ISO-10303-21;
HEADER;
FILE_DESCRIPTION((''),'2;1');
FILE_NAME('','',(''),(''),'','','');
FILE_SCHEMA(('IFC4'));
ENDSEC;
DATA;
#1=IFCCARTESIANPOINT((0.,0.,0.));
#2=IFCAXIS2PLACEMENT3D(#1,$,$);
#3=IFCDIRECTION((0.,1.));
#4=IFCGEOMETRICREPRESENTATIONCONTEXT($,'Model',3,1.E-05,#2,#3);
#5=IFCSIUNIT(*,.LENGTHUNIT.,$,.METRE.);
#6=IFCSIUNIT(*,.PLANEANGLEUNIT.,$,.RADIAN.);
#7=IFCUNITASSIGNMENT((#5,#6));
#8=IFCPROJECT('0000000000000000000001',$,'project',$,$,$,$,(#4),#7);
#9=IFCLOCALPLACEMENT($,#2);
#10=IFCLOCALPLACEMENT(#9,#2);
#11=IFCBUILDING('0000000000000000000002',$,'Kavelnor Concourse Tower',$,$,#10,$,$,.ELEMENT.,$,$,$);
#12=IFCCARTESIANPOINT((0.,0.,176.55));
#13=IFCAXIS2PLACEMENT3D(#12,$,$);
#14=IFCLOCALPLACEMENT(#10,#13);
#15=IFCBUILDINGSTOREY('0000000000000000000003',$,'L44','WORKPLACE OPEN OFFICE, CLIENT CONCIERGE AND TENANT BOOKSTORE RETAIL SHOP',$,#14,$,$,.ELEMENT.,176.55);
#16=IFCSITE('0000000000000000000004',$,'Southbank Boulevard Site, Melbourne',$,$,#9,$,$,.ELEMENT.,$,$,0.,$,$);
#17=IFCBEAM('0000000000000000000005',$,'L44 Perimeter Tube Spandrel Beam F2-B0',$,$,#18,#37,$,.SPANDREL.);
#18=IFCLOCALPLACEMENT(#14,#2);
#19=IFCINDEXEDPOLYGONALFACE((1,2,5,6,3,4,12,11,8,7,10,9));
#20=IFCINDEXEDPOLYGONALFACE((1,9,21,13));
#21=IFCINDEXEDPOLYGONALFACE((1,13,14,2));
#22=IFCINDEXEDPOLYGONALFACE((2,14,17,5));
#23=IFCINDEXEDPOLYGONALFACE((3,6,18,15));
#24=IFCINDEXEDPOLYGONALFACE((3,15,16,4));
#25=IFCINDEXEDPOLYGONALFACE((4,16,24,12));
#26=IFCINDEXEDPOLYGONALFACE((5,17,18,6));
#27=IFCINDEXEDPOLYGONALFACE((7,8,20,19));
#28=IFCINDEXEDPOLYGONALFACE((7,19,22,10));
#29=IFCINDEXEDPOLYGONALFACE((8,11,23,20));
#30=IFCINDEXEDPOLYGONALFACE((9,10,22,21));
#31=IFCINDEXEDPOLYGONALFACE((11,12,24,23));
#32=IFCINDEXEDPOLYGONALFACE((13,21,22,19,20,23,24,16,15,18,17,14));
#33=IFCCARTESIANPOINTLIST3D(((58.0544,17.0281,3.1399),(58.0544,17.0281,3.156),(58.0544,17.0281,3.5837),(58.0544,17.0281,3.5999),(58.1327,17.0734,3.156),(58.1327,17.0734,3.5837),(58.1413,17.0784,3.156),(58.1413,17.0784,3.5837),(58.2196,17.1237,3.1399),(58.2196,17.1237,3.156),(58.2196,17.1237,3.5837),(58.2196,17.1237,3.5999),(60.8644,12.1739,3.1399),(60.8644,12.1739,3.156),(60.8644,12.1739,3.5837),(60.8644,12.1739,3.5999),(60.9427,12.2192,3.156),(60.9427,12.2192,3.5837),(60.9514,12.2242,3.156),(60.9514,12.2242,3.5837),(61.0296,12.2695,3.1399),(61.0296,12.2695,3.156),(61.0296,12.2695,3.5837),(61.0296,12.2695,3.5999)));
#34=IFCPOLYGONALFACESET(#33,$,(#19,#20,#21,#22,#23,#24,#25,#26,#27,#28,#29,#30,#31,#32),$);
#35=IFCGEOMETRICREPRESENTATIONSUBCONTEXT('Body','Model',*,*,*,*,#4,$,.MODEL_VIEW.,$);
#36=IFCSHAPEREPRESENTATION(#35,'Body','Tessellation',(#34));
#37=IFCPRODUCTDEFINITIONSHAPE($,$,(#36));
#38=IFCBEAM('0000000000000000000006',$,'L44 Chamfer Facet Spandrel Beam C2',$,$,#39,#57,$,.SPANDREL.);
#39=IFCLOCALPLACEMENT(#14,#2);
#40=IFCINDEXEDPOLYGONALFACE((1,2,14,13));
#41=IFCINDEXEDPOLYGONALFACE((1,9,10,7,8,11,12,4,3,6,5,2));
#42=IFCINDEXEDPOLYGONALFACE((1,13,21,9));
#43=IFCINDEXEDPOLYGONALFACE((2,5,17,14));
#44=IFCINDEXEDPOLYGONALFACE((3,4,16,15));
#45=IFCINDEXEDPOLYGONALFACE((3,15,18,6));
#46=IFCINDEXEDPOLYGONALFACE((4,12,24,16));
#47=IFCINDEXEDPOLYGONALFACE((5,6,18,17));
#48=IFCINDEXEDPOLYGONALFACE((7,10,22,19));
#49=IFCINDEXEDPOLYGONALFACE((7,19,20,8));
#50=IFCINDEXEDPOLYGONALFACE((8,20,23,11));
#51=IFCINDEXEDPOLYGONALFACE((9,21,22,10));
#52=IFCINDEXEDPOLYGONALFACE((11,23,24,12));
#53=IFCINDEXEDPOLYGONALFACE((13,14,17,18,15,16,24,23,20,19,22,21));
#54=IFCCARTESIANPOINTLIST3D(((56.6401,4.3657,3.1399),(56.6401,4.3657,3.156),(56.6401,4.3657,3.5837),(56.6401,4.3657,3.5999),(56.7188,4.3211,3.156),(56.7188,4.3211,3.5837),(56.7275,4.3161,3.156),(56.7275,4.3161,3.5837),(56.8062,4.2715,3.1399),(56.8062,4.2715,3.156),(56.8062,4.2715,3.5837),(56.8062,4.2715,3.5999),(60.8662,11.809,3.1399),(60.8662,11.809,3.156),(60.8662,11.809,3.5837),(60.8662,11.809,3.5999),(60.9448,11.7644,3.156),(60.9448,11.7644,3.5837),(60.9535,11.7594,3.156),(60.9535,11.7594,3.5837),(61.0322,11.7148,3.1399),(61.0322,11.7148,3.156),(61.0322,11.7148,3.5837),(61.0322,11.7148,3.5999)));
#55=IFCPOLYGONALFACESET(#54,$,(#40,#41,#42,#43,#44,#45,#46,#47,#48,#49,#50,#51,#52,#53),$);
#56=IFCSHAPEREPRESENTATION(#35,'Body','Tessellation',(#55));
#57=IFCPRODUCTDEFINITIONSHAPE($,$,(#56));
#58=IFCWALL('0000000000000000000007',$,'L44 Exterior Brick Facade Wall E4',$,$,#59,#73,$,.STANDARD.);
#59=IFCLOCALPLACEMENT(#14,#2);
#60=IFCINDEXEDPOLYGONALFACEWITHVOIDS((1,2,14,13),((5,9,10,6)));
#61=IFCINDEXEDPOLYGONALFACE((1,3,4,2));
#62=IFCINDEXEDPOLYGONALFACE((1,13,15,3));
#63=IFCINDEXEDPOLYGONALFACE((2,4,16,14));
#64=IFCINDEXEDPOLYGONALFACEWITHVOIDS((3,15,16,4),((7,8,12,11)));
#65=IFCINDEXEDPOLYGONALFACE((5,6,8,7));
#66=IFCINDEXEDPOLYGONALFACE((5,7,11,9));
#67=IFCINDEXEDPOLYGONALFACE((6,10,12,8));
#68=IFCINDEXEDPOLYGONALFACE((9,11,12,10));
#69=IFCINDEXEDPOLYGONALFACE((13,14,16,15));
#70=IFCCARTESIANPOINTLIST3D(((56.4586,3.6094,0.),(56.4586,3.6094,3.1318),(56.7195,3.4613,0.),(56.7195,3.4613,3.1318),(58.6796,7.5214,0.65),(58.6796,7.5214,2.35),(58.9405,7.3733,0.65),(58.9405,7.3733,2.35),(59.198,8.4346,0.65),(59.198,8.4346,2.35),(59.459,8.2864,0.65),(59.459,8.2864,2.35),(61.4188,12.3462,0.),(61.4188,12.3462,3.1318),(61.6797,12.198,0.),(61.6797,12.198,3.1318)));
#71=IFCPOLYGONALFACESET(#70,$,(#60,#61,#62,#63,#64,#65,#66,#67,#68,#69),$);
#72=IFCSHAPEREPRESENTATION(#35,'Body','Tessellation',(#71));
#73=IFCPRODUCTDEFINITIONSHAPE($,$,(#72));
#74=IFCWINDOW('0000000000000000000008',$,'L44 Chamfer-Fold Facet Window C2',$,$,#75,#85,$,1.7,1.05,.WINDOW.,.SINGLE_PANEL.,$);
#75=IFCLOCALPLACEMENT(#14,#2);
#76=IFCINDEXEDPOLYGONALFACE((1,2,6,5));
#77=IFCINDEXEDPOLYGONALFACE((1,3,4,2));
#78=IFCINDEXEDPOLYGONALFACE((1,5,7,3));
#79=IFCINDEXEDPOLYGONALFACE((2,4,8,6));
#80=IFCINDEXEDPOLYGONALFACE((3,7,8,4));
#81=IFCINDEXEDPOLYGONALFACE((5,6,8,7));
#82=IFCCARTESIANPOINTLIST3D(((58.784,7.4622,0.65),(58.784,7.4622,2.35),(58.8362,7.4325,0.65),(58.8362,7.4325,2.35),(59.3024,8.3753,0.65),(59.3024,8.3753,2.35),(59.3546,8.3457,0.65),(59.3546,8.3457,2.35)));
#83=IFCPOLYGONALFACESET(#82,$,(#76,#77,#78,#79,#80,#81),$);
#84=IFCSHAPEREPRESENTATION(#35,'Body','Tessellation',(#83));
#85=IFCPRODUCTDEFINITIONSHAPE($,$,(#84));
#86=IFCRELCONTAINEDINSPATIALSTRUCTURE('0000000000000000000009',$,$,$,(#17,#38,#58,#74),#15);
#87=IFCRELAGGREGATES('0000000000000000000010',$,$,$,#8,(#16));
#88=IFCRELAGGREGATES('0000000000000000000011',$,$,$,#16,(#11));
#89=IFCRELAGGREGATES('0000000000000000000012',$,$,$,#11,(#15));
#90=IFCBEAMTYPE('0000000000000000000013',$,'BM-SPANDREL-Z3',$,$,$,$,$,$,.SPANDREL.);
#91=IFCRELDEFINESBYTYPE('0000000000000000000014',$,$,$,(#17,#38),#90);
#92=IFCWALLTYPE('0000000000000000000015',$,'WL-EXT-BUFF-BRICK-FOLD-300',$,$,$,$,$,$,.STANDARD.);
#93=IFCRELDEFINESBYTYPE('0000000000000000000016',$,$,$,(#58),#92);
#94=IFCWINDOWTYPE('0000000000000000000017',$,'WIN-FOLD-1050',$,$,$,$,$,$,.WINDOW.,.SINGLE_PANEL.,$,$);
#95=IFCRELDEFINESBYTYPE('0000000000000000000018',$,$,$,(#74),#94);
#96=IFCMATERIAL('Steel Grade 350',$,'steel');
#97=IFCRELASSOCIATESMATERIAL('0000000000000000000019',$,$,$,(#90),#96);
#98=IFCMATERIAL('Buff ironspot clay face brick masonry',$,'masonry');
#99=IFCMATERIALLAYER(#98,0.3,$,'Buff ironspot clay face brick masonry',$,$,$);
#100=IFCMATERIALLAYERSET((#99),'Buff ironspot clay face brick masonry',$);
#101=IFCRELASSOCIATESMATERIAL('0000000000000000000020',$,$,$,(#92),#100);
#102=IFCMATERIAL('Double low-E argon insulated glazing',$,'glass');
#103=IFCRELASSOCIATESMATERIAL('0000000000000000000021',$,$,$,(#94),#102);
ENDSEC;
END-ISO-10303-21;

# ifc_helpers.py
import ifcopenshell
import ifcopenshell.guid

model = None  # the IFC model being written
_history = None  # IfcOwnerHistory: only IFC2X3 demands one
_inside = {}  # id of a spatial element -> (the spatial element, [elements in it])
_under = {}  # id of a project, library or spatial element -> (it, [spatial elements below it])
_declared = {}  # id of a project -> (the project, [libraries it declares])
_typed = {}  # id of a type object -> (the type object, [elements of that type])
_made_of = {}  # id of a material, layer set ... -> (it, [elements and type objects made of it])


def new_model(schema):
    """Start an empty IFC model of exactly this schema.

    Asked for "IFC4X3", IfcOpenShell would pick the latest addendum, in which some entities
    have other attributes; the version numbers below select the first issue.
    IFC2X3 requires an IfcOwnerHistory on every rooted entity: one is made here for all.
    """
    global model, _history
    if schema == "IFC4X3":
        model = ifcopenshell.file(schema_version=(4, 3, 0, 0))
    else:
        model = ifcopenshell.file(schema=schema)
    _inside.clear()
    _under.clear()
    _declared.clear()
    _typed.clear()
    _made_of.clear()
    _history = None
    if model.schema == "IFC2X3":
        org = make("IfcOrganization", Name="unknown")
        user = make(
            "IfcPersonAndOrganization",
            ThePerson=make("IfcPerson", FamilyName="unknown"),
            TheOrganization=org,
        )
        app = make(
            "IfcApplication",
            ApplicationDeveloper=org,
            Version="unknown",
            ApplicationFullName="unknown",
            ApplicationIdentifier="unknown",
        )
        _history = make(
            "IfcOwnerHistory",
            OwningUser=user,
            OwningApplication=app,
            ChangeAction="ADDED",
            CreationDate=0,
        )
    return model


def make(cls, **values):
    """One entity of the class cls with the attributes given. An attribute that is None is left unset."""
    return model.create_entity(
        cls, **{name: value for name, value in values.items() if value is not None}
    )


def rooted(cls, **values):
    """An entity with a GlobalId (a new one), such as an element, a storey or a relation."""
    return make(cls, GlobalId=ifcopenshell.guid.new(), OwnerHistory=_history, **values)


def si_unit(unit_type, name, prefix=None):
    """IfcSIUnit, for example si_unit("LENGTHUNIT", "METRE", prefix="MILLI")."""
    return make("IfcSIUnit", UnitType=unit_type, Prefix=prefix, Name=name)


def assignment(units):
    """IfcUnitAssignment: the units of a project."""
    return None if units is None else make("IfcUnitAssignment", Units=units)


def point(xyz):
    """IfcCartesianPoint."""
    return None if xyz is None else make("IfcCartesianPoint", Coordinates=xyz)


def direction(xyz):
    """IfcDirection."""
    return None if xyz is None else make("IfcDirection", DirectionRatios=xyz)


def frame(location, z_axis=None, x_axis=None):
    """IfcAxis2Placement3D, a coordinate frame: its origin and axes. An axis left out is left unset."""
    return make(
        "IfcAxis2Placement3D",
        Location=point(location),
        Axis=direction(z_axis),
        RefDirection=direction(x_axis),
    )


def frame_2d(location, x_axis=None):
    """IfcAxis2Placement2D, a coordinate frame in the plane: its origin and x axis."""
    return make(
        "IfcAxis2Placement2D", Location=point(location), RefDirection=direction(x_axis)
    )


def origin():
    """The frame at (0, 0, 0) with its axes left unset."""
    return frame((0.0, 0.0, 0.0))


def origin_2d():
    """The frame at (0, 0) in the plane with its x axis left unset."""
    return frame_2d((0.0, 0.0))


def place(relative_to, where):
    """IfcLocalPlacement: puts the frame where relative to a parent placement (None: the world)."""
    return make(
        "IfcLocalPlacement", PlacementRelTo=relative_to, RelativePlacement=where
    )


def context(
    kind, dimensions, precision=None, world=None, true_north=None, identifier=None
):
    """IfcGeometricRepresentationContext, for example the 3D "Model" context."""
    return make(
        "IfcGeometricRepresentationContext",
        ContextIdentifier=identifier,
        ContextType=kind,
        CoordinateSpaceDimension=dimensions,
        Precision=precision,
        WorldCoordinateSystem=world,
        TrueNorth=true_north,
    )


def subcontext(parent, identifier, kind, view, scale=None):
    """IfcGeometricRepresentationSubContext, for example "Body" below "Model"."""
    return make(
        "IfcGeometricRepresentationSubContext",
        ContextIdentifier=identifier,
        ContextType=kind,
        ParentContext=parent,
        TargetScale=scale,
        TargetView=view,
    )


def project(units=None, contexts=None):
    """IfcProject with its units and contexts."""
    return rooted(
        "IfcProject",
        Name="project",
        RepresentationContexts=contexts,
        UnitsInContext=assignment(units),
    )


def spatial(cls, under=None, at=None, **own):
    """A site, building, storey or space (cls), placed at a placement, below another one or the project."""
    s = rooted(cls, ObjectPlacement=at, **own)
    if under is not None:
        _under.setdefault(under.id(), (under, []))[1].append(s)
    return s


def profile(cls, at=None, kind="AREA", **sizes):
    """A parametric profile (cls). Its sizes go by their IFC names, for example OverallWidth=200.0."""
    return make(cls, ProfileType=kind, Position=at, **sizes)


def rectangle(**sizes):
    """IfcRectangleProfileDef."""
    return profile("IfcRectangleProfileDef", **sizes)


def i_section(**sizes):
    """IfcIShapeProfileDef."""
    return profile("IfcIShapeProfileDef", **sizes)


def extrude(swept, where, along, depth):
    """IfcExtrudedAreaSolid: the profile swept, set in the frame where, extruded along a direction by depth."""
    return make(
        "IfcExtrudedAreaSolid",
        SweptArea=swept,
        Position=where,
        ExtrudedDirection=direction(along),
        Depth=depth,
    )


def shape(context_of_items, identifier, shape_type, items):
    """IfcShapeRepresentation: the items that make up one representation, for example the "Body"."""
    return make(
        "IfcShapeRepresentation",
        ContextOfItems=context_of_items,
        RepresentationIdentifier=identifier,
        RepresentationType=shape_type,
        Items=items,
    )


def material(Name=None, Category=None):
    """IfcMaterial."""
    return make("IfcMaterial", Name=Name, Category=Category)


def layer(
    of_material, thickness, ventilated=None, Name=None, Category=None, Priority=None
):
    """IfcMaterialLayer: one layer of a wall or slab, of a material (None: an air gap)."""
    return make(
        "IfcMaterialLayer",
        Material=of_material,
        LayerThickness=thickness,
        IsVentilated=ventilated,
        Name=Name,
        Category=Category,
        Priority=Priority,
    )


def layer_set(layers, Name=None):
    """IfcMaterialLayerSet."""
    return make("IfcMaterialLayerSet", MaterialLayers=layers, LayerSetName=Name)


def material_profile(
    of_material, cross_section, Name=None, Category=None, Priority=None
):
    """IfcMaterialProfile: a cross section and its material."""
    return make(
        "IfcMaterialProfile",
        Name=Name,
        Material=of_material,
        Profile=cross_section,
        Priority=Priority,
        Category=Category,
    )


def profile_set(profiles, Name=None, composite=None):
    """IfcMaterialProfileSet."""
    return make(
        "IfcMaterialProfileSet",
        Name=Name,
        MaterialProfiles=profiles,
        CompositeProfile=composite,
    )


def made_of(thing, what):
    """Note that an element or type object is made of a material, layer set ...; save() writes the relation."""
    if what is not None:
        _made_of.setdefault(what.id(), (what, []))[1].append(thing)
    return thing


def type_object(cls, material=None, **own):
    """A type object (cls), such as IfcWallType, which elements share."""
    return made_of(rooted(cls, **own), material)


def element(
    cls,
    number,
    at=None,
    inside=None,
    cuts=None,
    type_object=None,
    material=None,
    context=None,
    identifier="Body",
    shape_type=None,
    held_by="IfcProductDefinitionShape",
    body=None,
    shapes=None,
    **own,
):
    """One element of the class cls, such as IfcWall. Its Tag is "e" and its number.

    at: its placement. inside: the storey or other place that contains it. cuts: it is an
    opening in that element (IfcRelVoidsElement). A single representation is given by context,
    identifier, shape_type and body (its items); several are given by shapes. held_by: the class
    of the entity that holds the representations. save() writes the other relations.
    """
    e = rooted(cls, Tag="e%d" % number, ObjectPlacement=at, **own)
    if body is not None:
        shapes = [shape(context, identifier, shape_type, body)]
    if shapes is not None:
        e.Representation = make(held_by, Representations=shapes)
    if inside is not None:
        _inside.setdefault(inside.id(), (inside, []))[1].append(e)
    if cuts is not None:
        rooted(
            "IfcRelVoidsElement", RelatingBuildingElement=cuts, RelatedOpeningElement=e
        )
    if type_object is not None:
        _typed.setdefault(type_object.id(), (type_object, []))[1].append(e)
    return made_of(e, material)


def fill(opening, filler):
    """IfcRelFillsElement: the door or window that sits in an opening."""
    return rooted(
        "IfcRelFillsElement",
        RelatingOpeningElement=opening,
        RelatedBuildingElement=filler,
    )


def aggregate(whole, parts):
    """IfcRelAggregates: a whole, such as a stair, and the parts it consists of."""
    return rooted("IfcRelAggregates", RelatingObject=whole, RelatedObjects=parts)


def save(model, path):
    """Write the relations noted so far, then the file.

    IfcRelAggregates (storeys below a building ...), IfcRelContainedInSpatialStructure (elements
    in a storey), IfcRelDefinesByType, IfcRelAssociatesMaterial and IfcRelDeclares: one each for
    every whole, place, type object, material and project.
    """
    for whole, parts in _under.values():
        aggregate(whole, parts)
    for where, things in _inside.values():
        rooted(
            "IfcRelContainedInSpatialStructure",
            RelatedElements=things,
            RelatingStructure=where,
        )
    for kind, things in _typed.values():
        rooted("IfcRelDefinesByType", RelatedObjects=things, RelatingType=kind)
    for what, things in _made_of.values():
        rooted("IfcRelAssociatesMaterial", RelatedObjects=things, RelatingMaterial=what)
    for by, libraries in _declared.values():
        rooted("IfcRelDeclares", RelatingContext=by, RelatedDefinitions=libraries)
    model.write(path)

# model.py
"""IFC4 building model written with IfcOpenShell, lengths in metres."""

from ifc_helpers import new_model, si_unit, direction, frame, frame_2d, origin, origin_2d, place, context, subcontext, project, spatial, rectangle, i_section, extrude, material, layer, layer_set, material_profile, profile_set, type_object, element, fill, save


model = new_model("IFC4")

# Units and contexts
model_context = context("Model", 3, precision=1e-05, world=origin(), true_north=direction((0.0, 1.0)))
body_context = subcontext(model_context, "Body", "Model", "MODEL_VIEW")
ifc_project = project(units=[si_unit("LENGTHUNIT", "METRE"), si_unit("PLANEANGLEUNIT", "RADIAN")], contexts=[model_context])

# Site, building, storey
site_placement = place(None, origin())
site = spatial("IfcSite", under=ifc_project, at=site_placement, Name="Southbank Boulevard Site, Melbourne", CompositionType="ELEMENT", RefElevation=0.0)
building_placement = place(site_placement, origin())
building = spatial("IfcBuilding", under=site, at=building_placement, Name="Kavelnor Concourse Tower", CompositionType="ELEMENT")
storey_placement = place(building_placement, frame((0.0, 0.0, 176.55)))
storey = spatial("IfcBuildingStorey", under=building, at=storey_placement, Name="L44", Description="WORKPLACE OPEN OFFICE, CLIENT CONCIERGE AND TENANT BOOKSTORE RETAIL SHOP", CompositionType="ELEMENT", Elevation=176.55)

# Shared definitions
ifc_material_1 = material(Name="Steel Grade 350", Category="steel")

# Beams
ifc_material_profile_1 = material_profile(ifc_material_1, i_section(OverallWidth=0.1909, OverallDepth=0.46, WebThickness=0.01, FlangeThickness=0.0161, at=origin_2d()), Name="460UB82")
ifc_profile_set_1 = profile_set([ifc_material_profile_1], Name="Steel Grade 350")
beam_type_1 = type_object("IfcBeamType", Name="BM-SPANDREL-Z3", PredefinedType="SPANDREL", material=ifc_profile_set_1)
beam_1_placement = place(storey_placement, frame((60.947, 12.2217, 3.3699), z_axis=(-0.500997, 0.865449, 0.0), x_axis=(-0.865449, -0.500997, 0.0)))
element("IfcBeam", 1, at=beam_1_placement, inside=storey, type_object=beam_type_1, Name="L44 Perimeter Tube Spandrel Beam F2-B0", PredefinedType="SPANDREL", context=body_context, shape_type="SweptSolid", body=[
    extrude(i_section(OverallWidth=0.1909, OverallDepth=0.46, WebThickness=0.01, FlangeThickness=0.0161, at=origin_2d()), origin(), (0.0, 0.0, 1.0), 5.6089),
])
beam_2_placement = place(storey_placement, frame((56.7231, 4.3186, 3.3699), z_axis=(0.493735, 0.869612, 0.0), x_axis=(-0.869612, 0.493735, 0.0)))
element("IfcBeam", 2, at=beam_2_placement, inside=storey, type_object=beam_type_1, Name="L44 Chamfer Facet Spandrel Beam C2", PredefinedType="SPANDREL", context=body_context, shape_type="SweptSolid", body=[
    extrude(i_section(OverallWidth=0.1909, OverallDepth=0.46, WebThickness=0.01, FlangeThickness=0.0161, at=origin_2d()), origin(), (0.0, 0.0, 1.0), 8.5593),
])

# Wall, opening, window
ifc_material_2 = material(Name="Buff ironspot clay face brick masonry", Category="masonry")
ifc_layer_1 = layer(ifc_material_2, 0.3, Name="Buff ironspot clay face brick masonry")
ifc_layer_set_1 = layer_set([ifc_layer_1], Name="Buff ironspot clay face brick masonry")
wall_type_1 = type_object("IfcWallType", Name="WL-EXT-BUFF-BRICK-FOLD-300", PredefinedType="STANDARD", material=ifc_layer_set_1)
wall_1_placement = place(storey_placement, frame((61.5493, 12.2722, 0.0), z_axis=(0.0, 0.0, 1.0), x_axis=(-0.493716, -0.869623, 0.0)))
wall_1 = element("IfcWall", 3, at=wall_1_placement, inside=storey, type_object=wall_type_1, Name="L44 Exterior Brick Facade Wall E4", PredefinedType="STANDARD", context=body_context, shape_type="SweptSolid", body=[
    extrude(rectangle(XDim=10.0466, YDim=0.3, at=frame_2d((5.0234, 0.0))), origin(), (0.0, 0.0, 1.0), 3.1318),
])
opening_1_placement = place(wall_1_placement, frame((4.4983, 0.0, 0.6499)))
opening_1 = element("IfcOpeningElement", 4, at=opening_1_placement, cuts=wall_1, PredefinedType="OPENING", context=body_context, shape_type="SweptSolid", body=[
    extrude(rectangle(XDim=1.05, YDim=1.7, at=frame_2d((0.5249, 0.8501))), frame((0.0, 0.1602, 0.0), z_axis=(0.0, -1.0, 0.0), x_axis=(1.0, 0.0, 0.0)), (0.0, 0.0, 1.0), 0.3201),
])
ifc_material_3 = material(Name="Double low-E argon insulated glazing", Category="glass")
window_type_1 = type_object("IfcWindowType", Name="WIN-FOLD-1050", PartitioningType="SINGLE_PANEL", PredefinedType="WINDOW", material=ifc_material_3)
window_1_placement = place(opening_1_placement, origin())
window_1 = element("IfcWindow", 5, at=window_1_placement, inside=storey, type_object=window_type_1, Name="L44 Chamfer-Fold Facet Window C2", OverallHeight=1.7, OverallWidth=1.05, PartitioningType="SINGLE_PANEL", PredefinedType="WINDOW", context=body_context, shape_type="SweptSolid", body=[
    extrude(rectangle(XDim=1.05, YDim=1.7, at=frame_2d((0.5249, 0.8501))), frame((0.0, 0.03, 0.0), z_axis=(0.0, -1.0, 0.0), x_axis=(1.0, 0.0, 0.0)), (0.0, 0.0, 1.0), 0.0601),
])
fill(opening_1, window_1)

save(model, "model.ifc")
